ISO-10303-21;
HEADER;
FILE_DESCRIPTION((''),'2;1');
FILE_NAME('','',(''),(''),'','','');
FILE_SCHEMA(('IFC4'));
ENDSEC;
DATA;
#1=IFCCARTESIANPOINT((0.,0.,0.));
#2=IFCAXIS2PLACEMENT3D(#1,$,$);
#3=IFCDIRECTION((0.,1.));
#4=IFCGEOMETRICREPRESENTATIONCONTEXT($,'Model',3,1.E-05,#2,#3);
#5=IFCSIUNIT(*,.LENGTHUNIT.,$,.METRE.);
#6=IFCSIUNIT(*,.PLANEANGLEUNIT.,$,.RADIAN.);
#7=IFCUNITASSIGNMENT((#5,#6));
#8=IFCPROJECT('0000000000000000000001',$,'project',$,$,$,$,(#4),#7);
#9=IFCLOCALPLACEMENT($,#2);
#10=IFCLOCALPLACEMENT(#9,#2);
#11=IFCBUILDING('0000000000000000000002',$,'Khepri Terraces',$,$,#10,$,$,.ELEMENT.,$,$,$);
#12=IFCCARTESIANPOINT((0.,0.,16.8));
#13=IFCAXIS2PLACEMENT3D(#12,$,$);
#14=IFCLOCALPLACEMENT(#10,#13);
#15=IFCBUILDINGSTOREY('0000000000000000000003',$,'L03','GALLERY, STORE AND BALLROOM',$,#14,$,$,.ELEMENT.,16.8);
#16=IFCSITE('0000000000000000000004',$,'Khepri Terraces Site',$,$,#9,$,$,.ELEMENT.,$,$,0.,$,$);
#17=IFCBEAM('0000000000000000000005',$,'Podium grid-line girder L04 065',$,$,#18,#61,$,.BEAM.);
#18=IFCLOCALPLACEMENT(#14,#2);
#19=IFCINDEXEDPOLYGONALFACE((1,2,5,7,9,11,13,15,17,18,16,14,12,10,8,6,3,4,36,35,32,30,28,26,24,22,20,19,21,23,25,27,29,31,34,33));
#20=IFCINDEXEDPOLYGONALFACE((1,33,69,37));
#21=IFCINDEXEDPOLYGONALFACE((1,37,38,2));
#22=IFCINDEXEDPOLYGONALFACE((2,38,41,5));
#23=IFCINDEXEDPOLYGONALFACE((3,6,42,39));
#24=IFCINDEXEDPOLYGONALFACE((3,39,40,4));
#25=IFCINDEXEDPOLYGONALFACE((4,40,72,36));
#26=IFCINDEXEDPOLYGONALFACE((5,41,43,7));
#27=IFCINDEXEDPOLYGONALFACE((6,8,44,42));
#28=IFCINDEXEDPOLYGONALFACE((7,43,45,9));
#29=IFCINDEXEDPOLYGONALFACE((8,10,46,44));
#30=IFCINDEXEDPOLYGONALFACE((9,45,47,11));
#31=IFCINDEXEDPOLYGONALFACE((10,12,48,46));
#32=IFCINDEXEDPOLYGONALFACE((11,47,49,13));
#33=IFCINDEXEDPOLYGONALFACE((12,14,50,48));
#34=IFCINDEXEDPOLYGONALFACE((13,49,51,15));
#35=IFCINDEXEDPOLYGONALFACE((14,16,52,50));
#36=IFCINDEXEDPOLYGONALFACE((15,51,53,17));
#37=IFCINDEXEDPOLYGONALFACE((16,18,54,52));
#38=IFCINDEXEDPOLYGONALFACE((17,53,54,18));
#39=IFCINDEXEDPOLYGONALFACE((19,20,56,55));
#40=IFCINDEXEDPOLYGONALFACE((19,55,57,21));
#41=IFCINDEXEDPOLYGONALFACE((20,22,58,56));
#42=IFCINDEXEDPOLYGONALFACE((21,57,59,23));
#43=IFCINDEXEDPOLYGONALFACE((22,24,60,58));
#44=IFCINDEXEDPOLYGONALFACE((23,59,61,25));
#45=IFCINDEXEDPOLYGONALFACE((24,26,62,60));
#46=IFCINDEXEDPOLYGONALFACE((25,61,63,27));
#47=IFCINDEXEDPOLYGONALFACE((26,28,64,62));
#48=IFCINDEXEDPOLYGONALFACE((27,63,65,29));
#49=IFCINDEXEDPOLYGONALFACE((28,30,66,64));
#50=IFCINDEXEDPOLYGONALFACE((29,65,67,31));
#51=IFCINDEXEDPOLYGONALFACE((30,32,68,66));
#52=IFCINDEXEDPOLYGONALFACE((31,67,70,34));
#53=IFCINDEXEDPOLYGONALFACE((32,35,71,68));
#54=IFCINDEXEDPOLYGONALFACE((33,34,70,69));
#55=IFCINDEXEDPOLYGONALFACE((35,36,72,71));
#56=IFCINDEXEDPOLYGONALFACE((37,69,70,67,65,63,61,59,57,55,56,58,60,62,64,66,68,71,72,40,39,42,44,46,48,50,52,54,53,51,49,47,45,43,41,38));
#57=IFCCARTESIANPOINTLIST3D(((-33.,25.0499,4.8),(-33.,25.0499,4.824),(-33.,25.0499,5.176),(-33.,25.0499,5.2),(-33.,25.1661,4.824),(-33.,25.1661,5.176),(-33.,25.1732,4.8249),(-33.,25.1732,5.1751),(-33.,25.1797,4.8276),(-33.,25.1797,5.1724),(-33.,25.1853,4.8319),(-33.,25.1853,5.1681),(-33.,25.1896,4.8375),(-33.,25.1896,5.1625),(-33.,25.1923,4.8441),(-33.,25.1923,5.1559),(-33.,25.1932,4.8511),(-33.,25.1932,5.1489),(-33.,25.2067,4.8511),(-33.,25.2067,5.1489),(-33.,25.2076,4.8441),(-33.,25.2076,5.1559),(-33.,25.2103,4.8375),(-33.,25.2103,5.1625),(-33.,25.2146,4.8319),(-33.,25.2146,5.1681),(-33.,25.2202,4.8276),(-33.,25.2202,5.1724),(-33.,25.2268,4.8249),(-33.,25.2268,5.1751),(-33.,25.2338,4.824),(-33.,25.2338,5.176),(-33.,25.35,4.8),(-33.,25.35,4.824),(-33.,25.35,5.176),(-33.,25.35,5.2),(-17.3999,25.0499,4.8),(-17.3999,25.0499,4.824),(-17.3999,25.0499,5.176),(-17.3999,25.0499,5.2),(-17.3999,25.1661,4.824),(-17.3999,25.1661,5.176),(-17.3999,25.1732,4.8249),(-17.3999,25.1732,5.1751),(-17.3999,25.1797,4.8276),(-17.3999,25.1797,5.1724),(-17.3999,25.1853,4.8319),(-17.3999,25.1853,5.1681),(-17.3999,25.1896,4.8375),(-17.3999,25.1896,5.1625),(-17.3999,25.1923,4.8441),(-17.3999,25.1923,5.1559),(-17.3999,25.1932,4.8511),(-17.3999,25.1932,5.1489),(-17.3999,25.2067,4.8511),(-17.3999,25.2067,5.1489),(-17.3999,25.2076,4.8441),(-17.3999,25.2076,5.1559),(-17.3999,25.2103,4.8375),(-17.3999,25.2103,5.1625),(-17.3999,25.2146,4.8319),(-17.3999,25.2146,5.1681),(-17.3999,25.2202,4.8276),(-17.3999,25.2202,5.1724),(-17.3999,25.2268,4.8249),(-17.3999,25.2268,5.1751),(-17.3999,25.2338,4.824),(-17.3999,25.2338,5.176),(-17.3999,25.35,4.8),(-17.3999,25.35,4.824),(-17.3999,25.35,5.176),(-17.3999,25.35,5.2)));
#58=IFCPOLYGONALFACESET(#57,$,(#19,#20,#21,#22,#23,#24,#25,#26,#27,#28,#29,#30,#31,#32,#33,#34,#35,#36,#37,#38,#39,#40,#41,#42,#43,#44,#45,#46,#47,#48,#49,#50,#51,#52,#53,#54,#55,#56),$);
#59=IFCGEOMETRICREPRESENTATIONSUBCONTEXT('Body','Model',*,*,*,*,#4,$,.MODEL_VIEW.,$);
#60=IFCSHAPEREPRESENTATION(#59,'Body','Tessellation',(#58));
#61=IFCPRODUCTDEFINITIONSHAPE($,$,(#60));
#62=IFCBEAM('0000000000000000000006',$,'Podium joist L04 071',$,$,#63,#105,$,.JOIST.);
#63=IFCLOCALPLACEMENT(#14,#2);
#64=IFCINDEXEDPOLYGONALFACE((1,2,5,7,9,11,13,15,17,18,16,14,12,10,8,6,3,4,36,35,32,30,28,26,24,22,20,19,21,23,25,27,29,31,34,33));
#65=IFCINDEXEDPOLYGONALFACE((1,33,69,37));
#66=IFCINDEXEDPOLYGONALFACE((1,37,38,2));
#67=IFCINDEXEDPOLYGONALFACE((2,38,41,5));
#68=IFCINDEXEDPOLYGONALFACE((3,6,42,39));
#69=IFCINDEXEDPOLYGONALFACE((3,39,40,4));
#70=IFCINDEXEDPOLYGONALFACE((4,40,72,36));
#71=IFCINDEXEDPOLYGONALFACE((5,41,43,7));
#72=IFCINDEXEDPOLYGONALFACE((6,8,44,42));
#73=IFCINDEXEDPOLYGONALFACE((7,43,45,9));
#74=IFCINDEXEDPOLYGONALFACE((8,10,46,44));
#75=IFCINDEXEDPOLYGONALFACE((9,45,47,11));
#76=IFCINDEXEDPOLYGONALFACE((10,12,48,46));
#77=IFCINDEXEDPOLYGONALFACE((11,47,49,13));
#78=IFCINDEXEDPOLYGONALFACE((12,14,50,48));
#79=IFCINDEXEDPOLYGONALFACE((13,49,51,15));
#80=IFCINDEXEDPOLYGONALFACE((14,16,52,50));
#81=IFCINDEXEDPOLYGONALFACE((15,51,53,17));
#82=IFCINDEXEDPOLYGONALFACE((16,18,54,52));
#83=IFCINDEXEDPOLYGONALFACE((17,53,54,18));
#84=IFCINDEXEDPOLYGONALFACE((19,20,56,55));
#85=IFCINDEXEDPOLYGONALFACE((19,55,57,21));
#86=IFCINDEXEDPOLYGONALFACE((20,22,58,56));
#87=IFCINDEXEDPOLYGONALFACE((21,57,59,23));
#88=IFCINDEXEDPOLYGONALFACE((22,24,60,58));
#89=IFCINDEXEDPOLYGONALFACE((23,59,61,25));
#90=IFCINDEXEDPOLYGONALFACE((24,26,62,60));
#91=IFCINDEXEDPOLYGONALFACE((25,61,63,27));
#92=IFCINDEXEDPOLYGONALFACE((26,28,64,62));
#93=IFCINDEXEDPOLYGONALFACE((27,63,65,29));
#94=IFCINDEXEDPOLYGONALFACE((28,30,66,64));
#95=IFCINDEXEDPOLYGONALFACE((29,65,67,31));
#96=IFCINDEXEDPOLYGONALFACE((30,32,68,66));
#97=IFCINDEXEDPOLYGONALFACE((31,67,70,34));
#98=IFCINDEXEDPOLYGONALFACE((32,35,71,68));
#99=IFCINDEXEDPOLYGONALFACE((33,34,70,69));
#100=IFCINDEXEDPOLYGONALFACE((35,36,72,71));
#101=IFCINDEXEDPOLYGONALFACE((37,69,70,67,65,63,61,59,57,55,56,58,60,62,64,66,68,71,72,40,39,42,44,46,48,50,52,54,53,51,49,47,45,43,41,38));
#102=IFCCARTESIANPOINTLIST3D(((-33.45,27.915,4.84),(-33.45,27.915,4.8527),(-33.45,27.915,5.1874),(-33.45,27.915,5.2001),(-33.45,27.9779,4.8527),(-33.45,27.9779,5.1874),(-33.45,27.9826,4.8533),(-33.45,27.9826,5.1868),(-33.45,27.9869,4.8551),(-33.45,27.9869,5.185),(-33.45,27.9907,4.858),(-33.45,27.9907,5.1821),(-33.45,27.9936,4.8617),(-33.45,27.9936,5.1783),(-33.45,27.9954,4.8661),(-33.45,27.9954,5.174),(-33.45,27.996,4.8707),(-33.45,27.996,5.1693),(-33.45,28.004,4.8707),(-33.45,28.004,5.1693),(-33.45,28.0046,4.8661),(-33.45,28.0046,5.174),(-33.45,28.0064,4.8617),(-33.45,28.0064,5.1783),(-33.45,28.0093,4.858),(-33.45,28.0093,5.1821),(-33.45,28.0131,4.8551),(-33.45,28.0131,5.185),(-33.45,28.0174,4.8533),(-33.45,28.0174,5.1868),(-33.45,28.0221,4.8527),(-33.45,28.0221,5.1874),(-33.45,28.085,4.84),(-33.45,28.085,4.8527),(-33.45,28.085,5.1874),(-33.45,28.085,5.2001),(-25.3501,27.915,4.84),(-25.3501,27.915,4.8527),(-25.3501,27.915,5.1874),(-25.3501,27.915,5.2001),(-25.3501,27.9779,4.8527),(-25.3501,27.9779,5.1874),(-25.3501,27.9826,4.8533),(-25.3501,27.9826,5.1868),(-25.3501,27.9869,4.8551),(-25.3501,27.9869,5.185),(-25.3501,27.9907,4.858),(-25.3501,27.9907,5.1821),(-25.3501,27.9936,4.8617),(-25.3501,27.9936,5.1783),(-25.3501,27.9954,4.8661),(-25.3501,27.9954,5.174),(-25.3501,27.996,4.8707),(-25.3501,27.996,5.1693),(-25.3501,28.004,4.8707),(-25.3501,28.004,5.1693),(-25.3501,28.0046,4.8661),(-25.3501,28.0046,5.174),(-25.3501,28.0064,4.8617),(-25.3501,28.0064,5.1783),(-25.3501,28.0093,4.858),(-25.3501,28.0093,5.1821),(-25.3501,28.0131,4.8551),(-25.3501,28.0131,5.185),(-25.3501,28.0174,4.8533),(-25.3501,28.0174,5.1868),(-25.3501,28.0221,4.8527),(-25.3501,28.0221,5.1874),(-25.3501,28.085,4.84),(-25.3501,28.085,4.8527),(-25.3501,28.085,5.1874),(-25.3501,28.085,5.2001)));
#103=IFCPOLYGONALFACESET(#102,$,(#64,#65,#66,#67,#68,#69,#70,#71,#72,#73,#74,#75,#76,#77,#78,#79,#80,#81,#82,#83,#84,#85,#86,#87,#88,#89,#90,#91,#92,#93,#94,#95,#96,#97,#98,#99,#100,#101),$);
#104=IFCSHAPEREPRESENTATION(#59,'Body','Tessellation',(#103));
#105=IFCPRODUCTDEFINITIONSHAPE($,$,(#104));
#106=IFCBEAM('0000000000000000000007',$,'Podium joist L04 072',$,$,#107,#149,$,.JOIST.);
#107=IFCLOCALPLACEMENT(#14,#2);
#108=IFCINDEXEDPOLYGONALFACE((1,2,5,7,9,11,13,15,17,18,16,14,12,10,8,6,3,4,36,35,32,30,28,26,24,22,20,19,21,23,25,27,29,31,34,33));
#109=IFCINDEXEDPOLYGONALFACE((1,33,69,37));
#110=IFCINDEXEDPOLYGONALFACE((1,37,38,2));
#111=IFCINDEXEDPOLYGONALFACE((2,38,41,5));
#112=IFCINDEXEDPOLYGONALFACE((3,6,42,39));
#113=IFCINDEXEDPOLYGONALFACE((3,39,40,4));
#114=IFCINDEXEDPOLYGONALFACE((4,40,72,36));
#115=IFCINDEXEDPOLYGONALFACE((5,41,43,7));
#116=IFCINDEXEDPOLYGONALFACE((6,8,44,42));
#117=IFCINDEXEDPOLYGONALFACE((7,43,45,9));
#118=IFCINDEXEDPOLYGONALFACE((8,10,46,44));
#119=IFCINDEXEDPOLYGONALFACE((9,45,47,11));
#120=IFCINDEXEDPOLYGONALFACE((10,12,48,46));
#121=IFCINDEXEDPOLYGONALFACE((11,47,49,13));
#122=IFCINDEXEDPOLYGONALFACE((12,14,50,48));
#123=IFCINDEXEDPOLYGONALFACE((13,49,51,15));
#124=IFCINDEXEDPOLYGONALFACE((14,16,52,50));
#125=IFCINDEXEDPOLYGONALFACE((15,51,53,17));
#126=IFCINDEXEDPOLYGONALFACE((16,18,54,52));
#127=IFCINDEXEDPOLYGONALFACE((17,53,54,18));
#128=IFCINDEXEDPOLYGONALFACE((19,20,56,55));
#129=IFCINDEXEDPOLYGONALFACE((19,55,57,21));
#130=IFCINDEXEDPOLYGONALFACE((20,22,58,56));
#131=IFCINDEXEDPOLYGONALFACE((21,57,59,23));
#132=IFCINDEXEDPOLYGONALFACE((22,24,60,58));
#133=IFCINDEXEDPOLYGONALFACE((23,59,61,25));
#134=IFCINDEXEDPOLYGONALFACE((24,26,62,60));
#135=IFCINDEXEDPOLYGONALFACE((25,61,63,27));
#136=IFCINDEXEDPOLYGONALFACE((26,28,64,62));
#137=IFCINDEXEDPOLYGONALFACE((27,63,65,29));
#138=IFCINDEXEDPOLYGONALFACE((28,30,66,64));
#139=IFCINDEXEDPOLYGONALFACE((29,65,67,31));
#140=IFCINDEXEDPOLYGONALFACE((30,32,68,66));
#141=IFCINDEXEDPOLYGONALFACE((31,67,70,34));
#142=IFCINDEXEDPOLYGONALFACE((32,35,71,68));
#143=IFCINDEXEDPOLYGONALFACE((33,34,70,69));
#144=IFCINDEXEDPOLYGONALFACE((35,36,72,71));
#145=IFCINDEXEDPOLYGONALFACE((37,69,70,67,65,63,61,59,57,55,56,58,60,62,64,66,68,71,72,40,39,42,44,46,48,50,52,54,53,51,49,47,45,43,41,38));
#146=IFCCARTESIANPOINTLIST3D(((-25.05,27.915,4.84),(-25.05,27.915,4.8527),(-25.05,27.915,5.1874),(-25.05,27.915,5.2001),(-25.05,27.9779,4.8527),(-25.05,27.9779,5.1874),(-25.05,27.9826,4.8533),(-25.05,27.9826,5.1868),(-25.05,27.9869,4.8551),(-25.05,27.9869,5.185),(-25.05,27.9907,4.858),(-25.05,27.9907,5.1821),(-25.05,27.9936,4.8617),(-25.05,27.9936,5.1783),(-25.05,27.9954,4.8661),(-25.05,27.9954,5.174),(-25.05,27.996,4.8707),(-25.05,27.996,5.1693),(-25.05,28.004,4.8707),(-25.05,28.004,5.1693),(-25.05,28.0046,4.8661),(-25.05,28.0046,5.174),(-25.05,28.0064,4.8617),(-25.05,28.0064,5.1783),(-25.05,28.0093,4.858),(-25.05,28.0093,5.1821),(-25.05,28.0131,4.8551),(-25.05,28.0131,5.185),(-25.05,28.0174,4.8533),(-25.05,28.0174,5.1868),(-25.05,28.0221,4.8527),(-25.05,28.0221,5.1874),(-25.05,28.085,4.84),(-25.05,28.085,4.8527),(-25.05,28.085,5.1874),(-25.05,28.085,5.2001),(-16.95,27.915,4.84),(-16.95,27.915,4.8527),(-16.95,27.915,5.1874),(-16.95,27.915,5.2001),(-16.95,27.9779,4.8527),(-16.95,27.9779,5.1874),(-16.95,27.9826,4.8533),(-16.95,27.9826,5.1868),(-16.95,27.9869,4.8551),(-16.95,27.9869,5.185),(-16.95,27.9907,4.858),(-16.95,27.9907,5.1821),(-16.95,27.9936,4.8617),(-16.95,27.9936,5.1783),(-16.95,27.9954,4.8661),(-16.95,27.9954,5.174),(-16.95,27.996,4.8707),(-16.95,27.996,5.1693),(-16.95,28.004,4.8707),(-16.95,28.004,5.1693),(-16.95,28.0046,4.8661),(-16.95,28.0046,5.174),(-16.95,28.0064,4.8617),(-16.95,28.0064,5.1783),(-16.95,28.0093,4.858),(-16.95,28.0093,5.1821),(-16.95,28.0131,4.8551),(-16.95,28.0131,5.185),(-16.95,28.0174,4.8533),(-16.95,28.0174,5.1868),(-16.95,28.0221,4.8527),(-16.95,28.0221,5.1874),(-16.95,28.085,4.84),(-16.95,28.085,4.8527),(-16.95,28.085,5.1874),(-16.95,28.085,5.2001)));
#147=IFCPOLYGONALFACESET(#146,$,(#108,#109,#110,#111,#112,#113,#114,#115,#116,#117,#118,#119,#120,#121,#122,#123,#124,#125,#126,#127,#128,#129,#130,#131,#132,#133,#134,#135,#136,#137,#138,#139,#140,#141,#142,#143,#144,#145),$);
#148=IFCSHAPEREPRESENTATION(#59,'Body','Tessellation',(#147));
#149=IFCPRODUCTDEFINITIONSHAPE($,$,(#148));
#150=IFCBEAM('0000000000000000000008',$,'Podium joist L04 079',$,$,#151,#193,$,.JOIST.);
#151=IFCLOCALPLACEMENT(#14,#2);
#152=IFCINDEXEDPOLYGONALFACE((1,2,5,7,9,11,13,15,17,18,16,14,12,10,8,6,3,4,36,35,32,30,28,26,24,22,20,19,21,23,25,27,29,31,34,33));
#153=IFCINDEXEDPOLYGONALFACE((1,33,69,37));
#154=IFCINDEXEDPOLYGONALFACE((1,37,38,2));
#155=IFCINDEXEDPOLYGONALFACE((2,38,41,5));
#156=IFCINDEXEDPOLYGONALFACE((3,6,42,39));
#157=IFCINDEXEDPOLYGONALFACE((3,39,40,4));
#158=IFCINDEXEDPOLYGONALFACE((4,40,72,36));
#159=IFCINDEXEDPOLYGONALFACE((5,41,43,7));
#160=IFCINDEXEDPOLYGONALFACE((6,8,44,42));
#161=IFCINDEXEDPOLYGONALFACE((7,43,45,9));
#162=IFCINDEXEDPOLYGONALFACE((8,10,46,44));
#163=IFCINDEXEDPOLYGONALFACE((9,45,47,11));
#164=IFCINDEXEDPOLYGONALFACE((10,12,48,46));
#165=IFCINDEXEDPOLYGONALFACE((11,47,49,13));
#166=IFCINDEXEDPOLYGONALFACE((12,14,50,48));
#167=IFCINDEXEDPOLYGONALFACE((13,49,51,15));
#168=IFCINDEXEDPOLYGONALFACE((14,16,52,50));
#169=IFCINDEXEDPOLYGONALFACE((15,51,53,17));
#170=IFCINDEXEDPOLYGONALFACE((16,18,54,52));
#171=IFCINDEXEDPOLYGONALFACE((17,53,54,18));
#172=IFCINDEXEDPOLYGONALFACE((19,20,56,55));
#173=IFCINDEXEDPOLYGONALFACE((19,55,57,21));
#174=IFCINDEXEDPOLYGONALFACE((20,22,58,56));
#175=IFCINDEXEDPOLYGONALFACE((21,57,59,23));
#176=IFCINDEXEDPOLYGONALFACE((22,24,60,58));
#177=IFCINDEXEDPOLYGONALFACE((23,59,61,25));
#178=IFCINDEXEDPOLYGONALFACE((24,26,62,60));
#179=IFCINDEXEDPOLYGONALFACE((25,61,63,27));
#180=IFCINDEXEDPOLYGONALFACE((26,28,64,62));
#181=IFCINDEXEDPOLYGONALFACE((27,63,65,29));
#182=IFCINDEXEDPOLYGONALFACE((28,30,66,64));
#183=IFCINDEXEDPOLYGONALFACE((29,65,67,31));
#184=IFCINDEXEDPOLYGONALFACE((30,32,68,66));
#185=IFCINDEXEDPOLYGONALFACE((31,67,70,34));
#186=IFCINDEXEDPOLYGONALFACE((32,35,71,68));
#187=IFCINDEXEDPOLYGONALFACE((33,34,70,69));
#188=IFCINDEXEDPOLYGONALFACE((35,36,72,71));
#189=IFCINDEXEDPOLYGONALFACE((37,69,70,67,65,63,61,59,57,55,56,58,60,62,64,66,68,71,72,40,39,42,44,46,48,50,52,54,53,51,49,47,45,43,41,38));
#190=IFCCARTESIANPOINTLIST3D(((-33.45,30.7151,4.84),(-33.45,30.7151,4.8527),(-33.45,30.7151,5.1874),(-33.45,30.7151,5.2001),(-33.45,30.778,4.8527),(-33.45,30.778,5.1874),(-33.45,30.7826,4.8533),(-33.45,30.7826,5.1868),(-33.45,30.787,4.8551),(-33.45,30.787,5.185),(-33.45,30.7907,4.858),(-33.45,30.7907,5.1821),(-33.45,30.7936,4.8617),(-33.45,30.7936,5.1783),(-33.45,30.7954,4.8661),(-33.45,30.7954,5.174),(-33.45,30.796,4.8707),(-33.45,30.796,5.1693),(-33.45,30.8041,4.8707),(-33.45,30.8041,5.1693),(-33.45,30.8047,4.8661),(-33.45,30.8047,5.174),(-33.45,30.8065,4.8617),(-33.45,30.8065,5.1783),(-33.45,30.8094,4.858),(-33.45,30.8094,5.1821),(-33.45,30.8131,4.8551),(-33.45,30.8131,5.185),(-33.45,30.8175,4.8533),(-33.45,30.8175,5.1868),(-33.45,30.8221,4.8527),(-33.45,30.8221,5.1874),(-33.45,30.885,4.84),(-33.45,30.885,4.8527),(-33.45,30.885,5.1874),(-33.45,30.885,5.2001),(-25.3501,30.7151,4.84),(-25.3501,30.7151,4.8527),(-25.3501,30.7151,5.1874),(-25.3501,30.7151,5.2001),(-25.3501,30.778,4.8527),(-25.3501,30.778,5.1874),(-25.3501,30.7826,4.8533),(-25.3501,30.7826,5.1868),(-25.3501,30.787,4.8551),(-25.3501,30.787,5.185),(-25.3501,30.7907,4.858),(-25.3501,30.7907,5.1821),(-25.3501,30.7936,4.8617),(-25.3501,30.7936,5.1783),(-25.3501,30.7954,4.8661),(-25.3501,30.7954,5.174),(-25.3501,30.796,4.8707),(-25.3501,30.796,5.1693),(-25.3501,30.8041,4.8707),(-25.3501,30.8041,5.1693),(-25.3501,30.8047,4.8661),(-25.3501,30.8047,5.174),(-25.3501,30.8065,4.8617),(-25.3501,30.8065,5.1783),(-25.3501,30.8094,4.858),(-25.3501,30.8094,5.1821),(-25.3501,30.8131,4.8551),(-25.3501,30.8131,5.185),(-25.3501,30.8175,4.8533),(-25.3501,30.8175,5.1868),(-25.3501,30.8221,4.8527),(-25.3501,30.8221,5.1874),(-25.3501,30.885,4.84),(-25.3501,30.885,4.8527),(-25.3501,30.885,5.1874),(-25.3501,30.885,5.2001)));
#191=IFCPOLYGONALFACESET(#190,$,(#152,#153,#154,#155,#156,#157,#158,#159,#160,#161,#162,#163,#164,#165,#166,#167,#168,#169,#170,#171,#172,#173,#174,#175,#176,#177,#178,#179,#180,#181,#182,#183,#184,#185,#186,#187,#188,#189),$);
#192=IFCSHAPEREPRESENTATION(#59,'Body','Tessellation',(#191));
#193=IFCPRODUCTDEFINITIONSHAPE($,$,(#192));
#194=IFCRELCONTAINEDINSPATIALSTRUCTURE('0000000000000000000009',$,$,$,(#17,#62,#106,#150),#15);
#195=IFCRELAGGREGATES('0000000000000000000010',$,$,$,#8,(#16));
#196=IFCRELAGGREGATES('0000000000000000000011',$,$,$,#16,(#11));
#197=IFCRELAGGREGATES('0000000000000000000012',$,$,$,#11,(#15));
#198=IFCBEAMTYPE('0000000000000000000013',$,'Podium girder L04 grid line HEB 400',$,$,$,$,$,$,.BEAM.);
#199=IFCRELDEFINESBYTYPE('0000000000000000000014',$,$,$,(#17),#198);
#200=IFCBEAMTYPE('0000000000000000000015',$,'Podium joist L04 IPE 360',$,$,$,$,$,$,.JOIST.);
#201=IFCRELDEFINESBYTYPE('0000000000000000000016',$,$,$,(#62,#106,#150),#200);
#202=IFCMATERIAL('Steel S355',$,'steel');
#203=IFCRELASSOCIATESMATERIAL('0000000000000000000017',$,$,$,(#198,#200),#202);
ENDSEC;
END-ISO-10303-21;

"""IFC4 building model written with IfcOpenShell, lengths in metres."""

from ifc_helpers import new_model, si_unit, direction, frame, origin, origin_2d, place, context, subcontext, project, spatial, i_section, extrude, material, material_profile, profile_set, type_object, element, save


model = new_model("IFC4")

# Units and contexts
model_context = context("Model", 3, precision=1e-05, world=origin(), true_north=direction((0.0, 1.0)))
body_context = subcontext(model_context, "Body", "Model", "MODEL_VIEW")
ifc_project = project(units=[si_unit("LENGTHUNIT", "METRE"), si_unit("PLANEANGLEUNIT", "RADIAN")], contexts=[model_context])

# Site, building, storey
site_placement = place(None, origin())
site = spatial("IfcSite", under=ifc_project, at=site_placement, Name="Khepri Terraces Site", CompositionType="ELEMENT", RefElevation=0.0)
building_placement = place(site_placement, origin())
building = spatial("IfcBuilding", under=site, at=building_placement, Name="Khepri Terraces", CompositionType="ELEMENT")
storey_placement = place(building_placement, frame((0.0, 0.0, 16.8)))
storey = spatial("IfcBuildingStorey", under=building, at=storey_placement, Name="L03", Description="GALLERY, STORE AND BALLROOM", CompositionType="ELEMENT", Elevation=16.8)

# Beams
ifc_material_1 = material(Name="Steel S355", Category="steel")
ifc_material_profile_1 = material_profile(ifc_material_1, i_section(OverallWidth=0.3, OverallDepth=0.3999, WebThickness=0.0134, FlangeThickness=0.0239, FilletRadius=0.0271, at=origin_2d()), Name="Steel S355", Category="steel")
ifc_profile_set_1 = profile_set([ifc_material_profile_1], Name="Steel S355")
beam_type_1 = type_object("IfcBeamType", Name="Podium girder L04 grid line HEB 400", PredefinedType="BEAM", material=ifc_profile_set_1)
beam_1_placement = place(storey_placement, frame((-33.0, 25.2, 5.0), z_axis=(1.0, 0.0, 0.0), x_axis=(0.0, 1.0, 0.0)))
element("IfcBeam", 1, at=beam_1_placement, inside=storey, type_object=beam_type_1, Name="Podium grid-line girder L04 065", PredefinedType="BEAM", context=body_context, shape_type="SweptSolid", body=[
    extrude(i_section(OverallWidth=0.3, OverallDepth=0.3999, WebThickness=0.0134, FlangeThickness=0.0239, FilletRadius=0.0271, at=origin_2d()), origin(), (0.0, 0.0, 1.0), 15.6001),
])
ifc_material_profile_2 = material_profile(ifc_material_1, i_section(OverallWidth=0.1699, OverallDepth=0.3601, WebThickness=0.0081, FlangeThickness=0.0127, FilletRadius=0.0181, at=origin_2d()), Name="Steel S355", Category="steel")
ifc_profile_set_2 = profile_set([ifc_material_profile_2], Name="Steel S355")
beam_type_2 = type_object("IfcBeamType", Name="Podium joist L04 IPE 360", PredefinedType="JOIST", material=ifc_profile_set_2)
beam_2_placement = place(storey_placement, frame((-33.45, 28.0, 5.02), z_axis=(1.0, 0.0, 0.0), x_axis=(0.0, 1.0, 0.0)))
element("IfcBeam", 2, at=beam_2_placement, inside=storey, type_object=beam_type_2, Name="Podium joist L04 071", PredefinedType="JOIST", context=body_context, shape_type="SweptSolid", body=[
    extrude(i_section(OverallWidth=0.1699, OverallDepth=0.3601, WebThickness=0.0081, FlangeThickness=0.0127, FilletRadius=0.0181, at=origin_2d()), origin(), (0.0, 0.0, 1.0), 8.0999),
])
beam_3_placement = place(storey_placement, frame((-25.05, 28.0, 5.02), z_axis=(1.0, 0.0, 0.0), x_axis=(0.0, 1.0, 0.0)))
element("IfcBeam", 3, at=beam_3_placement, inside=storey, type_object=beam_type_2, Name="Podium joist L04 072", PredefinedType="JOIST", context=body_context, shape_type="SweptSolid", body=[
    extrude(i_section(OverallWidth=0.1699, OverallDepth=0.3601, WebThickness=0.0081, FlangeThickness=0.0127, FilletRadius=0.0181, at=origin_2d()), origin(), (0.0, 0.0, 1.0), 8.1001),
])
beam_4_placement = place(storey_placement, frame((-33.45, 30.8, 5.02), z_axis=(1.0, 0.0, 0.0), x_axis=(0.0, 1.0, 0.0)))
element("IfcBeam", 4, at=beam_4_placement, inside=storey, type_object=beam_type_2, Name="Podium joist L04 079", PredefinedType="JOIST", context=body_context, shape_type="SweptSolid", body=[
    extrude(i_section(OverallWidth=0.1699, OverallDepth=0.3601, WebThickness=0.0081, FlangeThickness=0.0127, FilletRadius=0.0181, at=origin_2d()), origin(), (0.0, 0.0, 1.0), 8.0999),
])

save(model, "model.ifc")
